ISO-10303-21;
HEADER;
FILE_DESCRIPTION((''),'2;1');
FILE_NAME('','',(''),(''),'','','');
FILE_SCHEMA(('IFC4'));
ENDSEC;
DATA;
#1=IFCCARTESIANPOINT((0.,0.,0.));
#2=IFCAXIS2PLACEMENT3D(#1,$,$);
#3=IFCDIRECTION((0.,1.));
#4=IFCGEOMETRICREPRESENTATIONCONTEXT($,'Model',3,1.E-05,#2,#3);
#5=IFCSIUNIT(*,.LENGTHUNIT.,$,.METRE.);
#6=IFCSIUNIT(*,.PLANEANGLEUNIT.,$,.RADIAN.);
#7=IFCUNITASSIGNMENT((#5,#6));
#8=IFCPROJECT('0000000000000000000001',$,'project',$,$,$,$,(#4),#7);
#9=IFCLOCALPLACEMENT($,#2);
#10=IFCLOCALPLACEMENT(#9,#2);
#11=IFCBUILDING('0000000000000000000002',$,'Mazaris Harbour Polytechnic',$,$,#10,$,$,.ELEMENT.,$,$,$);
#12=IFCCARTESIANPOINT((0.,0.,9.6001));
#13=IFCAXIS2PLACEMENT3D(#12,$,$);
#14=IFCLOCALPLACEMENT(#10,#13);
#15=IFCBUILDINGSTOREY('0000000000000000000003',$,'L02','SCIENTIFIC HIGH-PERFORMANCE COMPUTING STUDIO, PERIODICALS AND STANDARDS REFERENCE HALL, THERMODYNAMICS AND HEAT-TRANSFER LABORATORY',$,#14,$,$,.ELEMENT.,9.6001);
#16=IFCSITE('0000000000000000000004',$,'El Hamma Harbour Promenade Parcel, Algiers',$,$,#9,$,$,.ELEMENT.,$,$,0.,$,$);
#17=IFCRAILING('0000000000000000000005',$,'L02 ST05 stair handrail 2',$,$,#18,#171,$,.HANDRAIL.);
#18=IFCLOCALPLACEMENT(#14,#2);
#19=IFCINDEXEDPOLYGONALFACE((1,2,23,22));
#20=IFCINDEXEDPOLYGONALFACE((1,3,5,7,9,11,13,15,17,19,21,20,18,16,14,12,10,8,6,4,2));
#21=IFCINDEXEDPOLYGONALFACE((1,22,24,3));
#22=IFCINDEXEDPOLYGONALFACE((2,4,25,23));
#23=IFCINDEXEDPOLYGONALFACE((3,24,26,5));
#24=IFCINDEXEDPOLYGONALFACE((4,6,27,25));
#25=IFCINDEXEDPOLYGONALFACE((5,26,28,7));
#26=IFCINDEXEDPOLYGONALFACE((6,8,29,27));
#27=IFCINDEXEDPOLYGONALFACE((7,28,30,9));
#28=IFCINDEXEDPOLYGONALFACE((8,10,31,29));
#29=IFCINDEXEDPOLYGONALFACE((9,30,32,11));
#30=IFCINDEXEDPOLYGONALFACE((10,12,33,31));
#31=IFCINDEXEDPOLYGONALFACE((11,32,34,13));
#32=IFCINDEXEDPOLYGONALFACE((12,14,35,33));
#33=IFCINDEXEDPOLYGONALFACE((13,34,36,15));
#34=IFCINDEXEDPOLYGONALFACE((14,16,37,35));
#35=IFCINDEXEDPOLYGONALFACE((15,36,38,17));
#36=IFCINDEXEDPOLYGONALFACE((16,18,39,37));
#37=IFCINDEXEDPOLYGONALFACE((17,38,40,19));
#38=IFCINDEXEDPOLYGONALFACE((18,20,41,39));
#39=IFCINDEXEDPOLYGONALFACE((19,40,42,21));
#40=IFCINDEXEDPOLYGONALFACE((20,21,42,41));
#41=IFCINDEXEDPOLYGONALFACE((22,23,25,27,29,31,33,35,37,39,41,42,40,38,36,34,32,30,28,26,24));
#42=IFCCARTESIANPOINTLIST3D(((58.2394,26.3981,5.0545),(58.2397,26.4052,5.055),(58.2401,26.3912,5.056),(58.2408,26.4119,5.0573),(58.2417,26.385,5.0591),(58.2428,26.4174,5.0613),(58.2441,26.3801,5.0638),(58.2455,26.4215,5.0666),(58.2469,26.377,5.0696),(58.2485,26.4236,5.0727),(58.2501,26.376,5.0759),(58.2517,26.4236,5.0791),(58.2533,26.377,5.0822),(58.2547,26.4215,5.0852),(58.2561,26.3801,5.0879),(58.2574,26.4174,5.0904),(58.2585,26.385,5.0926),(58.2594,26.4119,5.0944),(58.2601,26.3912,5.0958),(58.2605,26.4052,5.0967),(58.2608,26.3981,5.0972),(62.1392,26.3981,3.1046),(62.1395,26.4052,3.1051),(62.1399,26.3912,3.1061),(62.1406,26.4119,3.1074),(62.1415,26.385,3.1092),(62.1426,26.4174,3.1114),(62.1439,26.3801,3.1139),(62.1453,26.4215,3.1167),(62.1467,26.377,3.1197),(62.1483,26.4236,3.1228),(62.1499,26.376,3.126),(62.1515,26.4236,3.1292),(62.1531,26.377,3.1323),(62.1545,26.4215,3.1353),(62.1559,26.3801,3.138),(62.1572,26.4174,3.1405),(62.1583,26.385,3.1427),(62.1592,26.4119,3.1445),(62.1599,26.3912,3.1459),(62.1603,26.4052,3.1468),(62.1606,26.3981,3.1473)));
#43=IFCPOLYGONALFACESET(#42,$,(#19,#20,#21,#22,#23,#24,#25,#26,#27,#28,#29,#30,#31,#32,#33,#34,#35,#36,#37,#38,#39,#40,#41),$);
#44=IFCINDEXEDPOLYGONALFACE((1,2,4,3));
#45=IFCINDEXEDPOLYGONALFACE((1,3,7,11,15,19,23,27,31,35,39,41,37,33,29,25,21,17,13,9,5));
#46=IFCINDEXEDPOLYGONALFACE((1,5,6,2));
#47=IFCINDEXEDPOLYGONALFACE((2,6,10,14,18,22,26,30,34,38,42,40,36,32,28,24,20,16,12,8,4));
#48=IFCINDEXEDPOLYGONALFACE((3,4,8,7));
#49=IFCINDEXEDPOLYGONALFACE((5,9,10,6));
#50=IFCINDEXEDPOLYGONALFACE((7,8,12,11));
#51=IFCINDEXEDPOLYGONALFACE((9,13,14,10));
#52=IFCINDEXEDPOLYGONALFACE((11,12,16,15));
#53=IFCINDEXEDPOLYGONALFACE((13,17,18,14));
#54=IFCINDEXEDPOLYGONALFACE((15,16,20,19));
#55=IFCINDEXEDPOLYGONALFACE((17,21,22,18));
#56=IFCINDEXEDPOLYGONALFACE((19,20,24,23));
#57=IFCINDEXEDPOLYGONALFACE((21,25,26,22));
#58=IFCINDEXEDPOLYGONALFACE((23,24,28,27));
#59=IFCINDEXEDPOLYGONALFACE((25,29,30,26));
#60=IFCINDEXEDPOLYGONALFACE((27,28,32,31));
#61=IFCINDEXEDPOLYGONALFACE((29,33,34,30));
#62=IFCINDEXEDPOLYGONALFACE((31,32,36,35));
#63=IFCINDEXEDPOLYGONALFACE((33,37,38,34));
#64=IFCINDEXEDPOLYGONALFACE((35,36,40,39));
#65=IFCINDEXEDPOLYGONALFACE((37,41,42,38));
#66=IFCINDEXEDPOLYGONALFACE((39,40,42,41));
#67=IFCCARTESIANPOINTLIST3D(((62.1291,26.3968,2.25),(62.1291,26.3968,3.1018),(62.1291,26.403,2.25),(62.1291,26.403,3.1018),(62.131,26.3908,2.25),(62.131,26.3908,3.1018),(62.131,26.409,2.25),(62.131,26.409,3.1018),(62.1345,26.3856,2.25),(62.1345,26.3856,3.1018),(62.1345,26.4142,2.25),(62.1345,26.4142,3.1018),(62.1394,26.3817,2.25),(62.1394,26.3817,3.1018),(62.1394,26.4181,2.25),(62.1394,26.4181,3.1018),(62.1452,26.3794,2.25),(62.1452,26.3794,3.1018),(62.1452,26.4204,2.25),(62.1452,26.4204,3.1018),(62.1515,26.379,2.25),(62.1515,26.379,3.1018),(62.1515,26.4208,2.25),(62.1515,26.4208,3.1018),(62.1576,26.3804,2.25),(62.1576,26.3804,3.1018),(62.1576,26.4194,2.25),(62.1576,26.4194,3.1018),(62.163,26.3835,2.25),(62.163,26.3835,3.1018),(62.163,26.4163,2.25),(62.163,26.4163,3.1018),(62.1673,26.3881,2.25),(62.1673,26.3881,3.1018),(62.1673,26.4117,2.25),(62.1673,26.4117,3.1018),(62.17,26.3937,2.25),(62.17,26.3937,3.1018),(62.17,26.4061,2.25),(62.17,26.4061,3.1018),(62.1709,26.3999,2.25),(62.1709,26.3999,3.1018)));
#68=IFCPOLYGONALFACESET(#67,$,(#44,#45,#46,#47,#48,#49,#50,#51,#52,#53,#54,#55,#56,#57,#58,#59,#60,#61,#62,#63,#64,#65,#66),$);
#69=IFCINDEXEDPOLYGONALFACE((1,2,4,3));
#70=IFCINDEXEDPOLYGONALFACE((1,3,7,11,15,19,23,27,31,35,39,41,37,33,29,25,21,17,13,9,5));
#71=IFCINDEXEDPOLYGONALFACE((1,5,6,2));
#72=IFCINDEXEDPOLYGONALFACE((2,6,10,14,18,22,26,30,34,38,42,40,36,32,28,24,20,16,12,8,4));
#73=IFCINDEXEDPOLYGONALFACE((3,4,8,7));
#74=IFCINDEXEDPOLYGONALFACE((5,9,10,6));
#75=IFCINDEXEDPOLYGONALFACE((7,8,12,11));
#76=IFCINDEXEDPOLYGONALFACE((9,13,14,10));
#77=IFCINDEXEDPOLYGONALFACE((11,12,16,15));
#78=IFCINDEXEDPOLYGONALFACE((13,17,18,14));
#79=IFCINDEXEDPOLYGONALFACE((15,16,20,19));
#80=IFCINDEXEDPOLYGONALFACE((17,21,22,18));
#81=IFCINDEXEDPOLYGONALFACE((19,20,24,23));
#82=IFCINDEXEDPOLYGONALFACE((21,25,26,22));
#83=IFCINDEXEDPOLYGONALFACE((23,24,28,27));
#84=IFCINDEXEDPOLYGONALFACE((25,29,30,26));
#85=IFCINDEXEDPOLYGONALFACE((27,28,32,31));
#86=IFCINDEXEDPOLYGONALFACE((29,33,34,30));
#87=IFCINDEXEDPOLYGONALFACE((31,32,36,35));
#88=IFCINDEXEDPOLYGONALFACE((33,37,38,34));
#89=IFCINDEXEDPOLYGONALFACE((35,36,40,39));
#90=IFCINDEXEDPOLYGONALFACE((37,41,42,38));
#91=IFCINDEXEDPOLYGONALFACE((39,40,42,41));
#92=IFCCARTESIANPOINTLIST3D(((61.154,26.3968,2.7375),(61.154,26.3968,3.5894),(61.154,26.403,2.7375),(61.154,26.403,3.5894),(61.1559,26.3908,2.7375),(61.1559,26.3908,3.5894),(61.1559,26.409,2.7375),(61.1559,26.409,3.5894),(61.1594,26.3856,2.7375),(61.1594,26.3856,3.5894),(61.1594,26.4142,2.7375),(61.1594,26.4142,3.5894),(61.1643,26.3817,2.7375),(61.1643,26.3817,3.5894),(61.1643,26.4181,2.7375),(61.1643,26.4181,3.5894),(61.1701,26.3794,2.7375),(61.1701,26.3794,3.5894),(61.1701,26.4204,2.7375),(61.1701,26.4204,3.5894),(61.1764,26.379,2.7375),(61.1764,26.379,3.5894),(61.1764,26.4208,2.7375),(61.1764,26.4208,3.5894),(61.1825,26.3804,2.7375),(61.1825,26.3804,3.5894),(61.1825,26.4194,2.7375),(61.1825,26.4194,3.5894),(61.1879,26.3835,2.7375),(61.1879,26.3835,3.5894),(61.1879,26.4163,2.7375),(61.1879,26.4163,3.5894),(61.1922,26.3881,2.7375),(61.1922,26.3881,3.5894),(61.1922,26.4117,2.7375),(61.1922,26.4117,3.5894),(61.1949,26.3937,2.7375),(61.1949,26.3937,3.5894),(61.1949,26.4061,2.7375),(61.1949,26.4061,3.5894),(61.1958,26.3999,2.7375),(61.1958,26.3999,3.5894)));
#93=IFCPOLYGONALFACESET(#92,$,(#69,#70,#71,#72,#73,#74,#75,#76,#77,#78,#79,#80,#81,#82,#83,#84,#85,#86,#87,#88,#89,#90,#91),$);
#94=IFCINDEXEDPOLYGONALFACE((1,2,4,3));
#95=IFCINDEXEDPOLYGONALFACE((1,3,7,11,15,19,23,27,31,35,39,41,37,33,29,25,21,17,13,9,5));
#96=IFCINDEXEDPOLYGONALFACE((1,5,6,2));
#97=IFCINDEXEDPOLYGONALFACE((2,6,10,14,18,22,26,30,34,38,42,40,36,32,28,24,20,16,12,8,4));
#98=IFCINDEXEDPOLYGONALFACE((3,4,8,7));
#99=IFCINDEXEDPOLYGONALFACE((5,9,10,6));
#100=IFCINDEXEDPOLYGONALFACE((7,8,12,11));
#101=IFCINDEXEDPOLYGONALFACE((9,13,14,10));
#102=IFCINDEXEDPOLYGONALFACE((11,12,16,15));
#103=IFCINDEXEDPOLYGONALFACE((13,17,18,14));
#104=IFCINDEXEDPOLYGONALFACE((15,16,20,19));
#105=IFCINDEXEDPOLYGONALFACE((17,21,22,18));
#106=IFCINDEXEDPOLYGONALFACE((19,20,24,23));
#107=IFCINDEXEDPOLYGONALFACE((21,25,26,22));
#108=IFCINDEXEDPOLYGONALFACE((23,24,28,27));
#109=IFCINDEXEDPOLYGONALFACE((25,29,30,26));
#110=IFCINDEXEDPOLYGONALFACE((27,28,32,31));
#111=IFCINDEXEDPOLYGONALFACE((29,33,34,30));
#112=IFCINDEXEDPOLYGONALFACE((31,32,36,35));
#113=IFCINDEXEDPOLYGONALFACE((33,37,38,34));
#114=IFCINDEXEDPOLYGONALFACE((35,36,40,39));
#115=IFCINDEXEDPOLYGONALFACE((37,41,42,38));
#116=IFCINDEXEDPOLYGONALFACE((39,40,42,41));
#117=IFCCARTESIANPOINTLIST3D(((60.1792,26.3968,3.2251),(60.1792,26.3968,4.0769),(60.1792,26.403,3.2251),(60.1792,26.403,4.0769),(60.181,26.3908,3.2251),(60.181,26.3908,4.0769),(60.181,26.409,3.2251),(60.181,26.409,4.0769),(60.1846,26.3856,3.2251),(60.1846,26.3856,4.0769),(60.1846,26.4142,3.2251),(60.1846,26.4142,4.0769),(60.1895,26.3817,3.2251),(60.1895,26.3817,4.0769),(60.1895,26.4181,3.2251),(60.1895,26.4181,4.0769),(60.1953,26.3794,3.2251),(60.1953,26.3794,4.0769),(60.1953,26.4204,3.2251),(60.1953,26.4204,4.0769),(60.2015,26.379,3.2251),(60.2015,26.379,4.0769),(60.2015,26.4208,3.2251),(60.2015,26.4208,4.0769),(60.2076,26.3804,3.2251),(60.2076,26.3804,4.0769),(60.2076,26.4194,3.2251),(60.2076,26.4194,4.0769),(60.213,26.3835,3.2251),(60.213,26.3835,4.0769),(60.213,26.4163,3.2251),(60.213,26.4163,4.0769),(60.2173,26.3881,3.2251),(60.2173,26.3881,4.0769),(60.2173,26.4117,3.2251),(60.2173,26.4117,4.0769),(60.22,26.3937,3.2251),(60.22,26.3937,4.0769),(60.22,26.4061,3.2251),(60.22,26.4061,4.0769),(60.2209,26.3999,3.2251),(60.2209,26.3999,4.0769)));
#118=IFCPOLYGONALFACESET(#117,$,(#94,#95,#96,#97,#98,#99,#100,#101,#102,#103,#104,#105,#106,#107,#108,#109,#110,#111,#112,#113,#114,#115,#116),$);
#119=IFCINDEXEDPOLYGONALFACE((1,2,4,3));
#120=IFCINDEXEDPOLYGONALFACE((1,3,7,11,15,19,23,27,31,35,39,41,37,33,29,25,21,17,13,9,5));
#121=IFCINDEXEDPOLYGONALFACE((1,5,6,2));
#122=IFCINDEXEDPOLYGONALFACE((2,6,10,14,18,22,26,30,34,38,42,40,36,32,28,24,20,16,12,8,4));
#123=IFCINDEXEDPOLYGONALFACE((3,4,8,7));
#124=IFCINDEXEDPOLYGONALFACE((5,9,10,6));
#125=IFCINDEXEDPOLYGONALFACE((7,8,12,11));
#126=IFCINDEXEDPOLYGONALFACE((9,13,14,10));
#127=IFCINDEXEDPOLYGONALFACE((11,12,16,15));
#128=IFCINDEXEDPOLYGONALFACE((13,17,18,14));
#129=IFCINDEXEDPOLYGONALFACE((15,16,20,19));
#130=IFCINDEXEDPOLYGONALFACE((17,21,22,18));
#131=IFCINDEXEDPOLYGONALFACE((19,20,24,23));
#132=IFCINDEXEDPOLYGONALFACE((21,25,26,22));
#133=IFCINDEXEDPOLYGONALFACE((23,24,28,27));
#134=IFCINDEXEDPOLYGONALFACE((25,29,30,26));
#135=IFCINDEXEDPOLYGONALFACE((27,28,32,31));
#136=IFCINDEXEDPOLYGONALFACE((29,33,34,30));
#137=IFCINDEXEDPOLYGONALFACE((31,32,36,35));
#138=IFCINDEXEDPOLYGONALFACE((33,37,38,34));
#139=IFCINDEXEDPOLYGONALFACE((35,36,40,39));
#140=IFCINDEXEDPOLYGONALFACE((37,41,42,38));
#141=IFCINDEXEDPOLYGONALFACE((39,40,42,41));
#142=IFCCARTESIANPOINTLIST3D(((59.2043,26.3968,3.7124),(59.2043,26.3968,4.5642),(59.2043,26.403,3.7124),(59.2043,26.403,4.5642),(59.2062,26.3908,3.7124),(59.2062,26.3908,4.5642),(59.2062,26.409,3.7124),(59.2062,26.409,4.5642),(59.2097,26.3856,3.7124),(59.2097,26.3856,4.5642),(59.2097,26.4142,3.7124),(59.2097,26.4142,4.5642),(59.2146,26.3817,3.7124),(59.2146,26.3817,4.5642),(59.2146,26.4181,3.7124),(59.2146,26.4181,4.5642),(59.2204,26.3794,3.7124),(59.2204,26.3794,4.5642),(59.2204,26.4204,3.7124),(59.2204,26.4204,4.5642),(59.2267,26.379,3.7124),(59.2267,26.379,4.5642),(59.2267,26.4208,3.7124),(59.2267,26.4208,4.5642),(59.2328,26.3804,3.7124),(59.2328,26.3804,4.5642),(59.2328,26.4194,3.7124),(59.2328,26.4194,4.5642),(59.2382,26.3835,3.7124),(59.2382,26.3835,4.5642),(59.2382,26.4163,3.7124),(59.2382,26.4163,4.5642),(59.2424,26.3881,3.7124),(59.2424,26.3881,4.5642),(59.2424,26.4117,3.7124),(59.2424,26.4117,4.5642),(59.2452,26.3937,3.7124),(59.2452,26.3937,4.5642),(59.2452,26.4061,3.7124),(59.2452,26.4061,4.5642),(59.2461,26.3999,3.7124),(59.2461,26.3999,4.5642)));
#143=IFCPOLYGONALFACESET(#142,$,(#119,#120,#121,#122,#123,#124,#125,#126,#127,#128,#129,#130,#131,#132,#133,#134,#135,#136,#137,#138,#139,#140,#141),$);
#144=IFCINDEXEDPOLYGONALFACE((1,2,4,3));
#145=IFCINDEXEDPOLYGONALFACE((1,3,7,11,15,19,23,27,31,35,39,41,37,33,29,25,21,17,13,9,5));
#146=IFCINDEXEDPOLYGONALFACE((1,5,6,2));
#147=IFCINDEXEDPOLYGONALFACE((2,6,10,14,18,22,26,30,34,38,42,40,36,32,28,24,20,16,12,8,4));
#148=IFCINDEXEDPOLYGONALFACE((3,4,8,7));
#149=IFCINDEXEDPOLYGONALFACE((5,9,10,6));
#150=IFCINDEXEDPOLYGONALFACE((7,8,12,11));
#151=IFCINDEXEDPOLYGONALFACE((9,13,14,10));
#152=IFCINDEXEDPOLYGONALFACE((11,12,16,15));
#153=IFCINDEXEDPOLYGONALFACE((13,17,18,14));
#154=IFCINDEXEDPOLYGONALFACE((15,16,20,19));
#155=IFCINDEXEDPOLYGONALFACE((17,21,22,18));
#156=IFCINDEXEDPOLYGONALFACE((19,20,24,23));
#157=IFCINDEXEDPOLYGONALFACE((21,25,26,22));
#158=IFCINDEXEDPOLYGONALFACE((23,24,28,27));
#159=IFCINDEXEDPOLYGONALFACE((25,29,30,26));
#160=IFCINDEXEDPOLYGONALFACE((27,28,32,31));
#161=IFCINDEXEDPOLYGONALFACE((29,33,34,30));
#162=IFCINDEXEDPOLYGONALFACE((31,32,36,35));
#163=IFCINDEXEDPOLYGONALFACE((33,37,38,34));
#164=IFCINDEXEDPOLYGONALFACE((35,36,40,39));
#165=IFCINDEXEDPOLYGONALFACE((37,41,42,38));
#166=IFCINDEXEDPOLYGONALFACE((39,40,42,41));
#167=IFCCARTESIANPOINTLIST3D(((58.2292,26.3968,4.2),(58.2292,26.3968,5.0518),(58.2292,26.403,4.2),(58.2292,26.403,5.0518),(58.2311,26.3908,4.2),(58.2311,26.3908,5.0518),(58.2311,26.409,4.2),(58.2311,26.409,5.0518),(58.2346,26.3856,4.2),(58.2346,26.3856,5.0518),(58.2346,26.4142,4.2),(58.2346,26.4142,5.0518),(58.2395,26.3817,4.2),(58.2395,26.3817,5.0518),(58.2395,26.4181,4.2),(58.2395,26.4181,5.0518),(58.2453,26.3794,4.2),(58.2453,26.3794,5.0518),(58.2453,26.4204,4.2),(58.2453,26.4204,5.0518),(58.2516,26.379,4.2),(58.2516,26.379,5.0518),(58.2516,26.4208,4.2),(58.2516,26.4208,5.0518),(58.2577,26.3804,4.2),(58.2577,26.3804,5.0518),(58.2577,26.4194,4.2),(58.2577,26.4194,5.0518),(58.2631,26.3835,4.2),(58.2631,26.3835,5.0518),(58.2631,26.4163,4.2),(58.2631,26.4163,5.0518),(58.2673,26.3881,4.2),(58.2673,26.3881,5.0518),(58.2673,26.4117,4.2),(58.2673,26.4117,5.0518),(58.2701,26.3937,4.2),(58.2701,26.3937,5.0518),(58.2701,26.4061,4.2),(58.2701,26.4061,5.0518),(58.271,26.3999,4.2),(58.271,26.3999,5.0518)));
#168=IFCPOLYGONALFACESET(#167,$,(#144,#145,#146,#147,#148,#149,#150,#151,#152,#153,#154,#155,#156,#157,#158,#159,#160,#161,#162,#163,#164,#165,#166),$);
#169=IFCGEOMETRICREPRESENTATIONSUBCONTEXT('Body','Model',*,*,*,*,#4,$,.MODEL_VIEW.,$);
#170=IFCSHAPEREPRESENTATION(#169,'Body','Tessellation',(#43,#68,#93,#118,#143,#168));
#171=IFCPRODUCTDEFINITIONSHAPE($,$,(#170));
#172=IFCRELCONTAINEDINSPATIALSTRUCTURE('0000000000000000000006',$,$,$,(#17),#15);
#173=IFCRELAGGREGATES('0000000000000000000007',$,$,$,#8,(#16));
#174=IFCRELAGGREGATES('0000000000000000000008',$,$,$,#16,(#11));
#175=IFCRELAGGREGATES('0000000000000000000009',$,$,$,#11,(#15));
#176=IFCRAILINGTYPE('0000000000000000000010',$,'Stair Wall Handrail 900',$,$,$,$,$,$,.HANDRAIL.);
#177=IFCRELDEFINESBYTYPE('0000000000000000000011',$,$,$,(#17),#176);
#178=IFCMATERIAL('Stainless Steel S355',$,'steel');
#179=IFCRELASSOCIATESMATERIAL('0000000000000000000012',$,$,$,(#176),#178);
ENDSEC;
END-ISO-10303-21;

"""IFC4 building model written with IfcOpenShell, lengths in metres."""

from ifc_helpers import new_model, si_unit, direction, frame, origin, origin_2d, place, context, subcontext, project, spatial, circle, extrude, material, type_object, element, save


model = new_model("IFC4")

# Units and contexts
model_context = context("Model", 3, precision=1e-05, world=origin(), true_north=direction((0.0, 1.0)))
body_context = subcontext(model_context, "Body", "Model", "MODEL_VIEW")
ifc_project = project(units=[si_unit("LENGTHUNIT", "METRE"), si_unit("PLANEANGLEUNIT", "RADIAN")], contexts=[model_context])

# Site, building, storey
site_placement = place(None, origin())
site = spatial("IfcSite", under=ifc_project, at=site_placement, Name="El Hamma Harbour Promenade Parcel, Algiers", CompositionType="ELEMENT", RefElevation=0.0)
building_placement = place(site_placement, origin())
building = spatial("IfcBuilding", under=site, at=building_placement, Name="Mazaris Harbour Polytechnic", CompositionType="ELEMENT")
storey_placement = place(building_placement, frame((0.0, 0.0, 9.6001)))
storey = spatial("IfcBuildingStorey", under=building, at=storey_placement, Name="L02", Description="SCIENTIFIC HIGH-PERFORMANCE COMPUTING STUDIO, PERIODICALS AND STANDARDS REFERENCE HALL, THERMODYNAMICS AND HEAT-TRANSFER LABORATORY", CompositionType="ELEMENT", Elevation=9.6001)

# Railing
ifc_material_1 = material(Name="Stainless Steel S355", Category="steel")
railing_type_1 = type_object("IfcRailingType", Name="Stair Wall Handrail 900", PredefinedType="HANDRAIL", material=ifc_material_1)
railing_1_placement = place(storey_placement, frame((62.1499, 26.3999, 2.25)))
element("IfcRailing", 1, at=railing_1_placement, inside=storey, type_object=railing_type_1, Name="L02 ST05 stair handrail 2", PredefinedType="HANDRAIL", context=body_context, shape_type="SweptSolid", body=[
    extrude(circle(Radius=0.0239, at=origin_2d()), frame((0.0, 0.0, 0.876), z_axis=(-0.894427, 0.0, 0.447214), x_axis=(0.0, -1.0, 0.0)), (0.0, 0.0, 1.0), 4.3601),
    extrude(circle(Radius=0.021, at=origin_2d()), origin(), (0.0, 0.0, 1.0), 0.8518),
    extrude(circle(Radius=0.021, at=origin_2d()), frame((-0.9751, 0.0, 0.4875)), (0.0, 0.0, 1.0), 0.8518),
    extrude(circle(Radius=0.021, at=origin_2d()), frame((-1.95, 0.0, 0.9751)), (0.0, 0.0, 1.0), 0.8518),
    extrude(circle(Radius=0.021, at=origin_2d()), frame((-2.9248, 0.0, 1.4624)), (0.0, 0.0, 1.0), 0.8518),
    extrude(circle(Radius=0.021, at=origin_2d()), frame((-3.8999, 0.0, 1.95)), (0.0, 0.0, 1.0), 0.8518),
])

save(model, "model.ifc")
